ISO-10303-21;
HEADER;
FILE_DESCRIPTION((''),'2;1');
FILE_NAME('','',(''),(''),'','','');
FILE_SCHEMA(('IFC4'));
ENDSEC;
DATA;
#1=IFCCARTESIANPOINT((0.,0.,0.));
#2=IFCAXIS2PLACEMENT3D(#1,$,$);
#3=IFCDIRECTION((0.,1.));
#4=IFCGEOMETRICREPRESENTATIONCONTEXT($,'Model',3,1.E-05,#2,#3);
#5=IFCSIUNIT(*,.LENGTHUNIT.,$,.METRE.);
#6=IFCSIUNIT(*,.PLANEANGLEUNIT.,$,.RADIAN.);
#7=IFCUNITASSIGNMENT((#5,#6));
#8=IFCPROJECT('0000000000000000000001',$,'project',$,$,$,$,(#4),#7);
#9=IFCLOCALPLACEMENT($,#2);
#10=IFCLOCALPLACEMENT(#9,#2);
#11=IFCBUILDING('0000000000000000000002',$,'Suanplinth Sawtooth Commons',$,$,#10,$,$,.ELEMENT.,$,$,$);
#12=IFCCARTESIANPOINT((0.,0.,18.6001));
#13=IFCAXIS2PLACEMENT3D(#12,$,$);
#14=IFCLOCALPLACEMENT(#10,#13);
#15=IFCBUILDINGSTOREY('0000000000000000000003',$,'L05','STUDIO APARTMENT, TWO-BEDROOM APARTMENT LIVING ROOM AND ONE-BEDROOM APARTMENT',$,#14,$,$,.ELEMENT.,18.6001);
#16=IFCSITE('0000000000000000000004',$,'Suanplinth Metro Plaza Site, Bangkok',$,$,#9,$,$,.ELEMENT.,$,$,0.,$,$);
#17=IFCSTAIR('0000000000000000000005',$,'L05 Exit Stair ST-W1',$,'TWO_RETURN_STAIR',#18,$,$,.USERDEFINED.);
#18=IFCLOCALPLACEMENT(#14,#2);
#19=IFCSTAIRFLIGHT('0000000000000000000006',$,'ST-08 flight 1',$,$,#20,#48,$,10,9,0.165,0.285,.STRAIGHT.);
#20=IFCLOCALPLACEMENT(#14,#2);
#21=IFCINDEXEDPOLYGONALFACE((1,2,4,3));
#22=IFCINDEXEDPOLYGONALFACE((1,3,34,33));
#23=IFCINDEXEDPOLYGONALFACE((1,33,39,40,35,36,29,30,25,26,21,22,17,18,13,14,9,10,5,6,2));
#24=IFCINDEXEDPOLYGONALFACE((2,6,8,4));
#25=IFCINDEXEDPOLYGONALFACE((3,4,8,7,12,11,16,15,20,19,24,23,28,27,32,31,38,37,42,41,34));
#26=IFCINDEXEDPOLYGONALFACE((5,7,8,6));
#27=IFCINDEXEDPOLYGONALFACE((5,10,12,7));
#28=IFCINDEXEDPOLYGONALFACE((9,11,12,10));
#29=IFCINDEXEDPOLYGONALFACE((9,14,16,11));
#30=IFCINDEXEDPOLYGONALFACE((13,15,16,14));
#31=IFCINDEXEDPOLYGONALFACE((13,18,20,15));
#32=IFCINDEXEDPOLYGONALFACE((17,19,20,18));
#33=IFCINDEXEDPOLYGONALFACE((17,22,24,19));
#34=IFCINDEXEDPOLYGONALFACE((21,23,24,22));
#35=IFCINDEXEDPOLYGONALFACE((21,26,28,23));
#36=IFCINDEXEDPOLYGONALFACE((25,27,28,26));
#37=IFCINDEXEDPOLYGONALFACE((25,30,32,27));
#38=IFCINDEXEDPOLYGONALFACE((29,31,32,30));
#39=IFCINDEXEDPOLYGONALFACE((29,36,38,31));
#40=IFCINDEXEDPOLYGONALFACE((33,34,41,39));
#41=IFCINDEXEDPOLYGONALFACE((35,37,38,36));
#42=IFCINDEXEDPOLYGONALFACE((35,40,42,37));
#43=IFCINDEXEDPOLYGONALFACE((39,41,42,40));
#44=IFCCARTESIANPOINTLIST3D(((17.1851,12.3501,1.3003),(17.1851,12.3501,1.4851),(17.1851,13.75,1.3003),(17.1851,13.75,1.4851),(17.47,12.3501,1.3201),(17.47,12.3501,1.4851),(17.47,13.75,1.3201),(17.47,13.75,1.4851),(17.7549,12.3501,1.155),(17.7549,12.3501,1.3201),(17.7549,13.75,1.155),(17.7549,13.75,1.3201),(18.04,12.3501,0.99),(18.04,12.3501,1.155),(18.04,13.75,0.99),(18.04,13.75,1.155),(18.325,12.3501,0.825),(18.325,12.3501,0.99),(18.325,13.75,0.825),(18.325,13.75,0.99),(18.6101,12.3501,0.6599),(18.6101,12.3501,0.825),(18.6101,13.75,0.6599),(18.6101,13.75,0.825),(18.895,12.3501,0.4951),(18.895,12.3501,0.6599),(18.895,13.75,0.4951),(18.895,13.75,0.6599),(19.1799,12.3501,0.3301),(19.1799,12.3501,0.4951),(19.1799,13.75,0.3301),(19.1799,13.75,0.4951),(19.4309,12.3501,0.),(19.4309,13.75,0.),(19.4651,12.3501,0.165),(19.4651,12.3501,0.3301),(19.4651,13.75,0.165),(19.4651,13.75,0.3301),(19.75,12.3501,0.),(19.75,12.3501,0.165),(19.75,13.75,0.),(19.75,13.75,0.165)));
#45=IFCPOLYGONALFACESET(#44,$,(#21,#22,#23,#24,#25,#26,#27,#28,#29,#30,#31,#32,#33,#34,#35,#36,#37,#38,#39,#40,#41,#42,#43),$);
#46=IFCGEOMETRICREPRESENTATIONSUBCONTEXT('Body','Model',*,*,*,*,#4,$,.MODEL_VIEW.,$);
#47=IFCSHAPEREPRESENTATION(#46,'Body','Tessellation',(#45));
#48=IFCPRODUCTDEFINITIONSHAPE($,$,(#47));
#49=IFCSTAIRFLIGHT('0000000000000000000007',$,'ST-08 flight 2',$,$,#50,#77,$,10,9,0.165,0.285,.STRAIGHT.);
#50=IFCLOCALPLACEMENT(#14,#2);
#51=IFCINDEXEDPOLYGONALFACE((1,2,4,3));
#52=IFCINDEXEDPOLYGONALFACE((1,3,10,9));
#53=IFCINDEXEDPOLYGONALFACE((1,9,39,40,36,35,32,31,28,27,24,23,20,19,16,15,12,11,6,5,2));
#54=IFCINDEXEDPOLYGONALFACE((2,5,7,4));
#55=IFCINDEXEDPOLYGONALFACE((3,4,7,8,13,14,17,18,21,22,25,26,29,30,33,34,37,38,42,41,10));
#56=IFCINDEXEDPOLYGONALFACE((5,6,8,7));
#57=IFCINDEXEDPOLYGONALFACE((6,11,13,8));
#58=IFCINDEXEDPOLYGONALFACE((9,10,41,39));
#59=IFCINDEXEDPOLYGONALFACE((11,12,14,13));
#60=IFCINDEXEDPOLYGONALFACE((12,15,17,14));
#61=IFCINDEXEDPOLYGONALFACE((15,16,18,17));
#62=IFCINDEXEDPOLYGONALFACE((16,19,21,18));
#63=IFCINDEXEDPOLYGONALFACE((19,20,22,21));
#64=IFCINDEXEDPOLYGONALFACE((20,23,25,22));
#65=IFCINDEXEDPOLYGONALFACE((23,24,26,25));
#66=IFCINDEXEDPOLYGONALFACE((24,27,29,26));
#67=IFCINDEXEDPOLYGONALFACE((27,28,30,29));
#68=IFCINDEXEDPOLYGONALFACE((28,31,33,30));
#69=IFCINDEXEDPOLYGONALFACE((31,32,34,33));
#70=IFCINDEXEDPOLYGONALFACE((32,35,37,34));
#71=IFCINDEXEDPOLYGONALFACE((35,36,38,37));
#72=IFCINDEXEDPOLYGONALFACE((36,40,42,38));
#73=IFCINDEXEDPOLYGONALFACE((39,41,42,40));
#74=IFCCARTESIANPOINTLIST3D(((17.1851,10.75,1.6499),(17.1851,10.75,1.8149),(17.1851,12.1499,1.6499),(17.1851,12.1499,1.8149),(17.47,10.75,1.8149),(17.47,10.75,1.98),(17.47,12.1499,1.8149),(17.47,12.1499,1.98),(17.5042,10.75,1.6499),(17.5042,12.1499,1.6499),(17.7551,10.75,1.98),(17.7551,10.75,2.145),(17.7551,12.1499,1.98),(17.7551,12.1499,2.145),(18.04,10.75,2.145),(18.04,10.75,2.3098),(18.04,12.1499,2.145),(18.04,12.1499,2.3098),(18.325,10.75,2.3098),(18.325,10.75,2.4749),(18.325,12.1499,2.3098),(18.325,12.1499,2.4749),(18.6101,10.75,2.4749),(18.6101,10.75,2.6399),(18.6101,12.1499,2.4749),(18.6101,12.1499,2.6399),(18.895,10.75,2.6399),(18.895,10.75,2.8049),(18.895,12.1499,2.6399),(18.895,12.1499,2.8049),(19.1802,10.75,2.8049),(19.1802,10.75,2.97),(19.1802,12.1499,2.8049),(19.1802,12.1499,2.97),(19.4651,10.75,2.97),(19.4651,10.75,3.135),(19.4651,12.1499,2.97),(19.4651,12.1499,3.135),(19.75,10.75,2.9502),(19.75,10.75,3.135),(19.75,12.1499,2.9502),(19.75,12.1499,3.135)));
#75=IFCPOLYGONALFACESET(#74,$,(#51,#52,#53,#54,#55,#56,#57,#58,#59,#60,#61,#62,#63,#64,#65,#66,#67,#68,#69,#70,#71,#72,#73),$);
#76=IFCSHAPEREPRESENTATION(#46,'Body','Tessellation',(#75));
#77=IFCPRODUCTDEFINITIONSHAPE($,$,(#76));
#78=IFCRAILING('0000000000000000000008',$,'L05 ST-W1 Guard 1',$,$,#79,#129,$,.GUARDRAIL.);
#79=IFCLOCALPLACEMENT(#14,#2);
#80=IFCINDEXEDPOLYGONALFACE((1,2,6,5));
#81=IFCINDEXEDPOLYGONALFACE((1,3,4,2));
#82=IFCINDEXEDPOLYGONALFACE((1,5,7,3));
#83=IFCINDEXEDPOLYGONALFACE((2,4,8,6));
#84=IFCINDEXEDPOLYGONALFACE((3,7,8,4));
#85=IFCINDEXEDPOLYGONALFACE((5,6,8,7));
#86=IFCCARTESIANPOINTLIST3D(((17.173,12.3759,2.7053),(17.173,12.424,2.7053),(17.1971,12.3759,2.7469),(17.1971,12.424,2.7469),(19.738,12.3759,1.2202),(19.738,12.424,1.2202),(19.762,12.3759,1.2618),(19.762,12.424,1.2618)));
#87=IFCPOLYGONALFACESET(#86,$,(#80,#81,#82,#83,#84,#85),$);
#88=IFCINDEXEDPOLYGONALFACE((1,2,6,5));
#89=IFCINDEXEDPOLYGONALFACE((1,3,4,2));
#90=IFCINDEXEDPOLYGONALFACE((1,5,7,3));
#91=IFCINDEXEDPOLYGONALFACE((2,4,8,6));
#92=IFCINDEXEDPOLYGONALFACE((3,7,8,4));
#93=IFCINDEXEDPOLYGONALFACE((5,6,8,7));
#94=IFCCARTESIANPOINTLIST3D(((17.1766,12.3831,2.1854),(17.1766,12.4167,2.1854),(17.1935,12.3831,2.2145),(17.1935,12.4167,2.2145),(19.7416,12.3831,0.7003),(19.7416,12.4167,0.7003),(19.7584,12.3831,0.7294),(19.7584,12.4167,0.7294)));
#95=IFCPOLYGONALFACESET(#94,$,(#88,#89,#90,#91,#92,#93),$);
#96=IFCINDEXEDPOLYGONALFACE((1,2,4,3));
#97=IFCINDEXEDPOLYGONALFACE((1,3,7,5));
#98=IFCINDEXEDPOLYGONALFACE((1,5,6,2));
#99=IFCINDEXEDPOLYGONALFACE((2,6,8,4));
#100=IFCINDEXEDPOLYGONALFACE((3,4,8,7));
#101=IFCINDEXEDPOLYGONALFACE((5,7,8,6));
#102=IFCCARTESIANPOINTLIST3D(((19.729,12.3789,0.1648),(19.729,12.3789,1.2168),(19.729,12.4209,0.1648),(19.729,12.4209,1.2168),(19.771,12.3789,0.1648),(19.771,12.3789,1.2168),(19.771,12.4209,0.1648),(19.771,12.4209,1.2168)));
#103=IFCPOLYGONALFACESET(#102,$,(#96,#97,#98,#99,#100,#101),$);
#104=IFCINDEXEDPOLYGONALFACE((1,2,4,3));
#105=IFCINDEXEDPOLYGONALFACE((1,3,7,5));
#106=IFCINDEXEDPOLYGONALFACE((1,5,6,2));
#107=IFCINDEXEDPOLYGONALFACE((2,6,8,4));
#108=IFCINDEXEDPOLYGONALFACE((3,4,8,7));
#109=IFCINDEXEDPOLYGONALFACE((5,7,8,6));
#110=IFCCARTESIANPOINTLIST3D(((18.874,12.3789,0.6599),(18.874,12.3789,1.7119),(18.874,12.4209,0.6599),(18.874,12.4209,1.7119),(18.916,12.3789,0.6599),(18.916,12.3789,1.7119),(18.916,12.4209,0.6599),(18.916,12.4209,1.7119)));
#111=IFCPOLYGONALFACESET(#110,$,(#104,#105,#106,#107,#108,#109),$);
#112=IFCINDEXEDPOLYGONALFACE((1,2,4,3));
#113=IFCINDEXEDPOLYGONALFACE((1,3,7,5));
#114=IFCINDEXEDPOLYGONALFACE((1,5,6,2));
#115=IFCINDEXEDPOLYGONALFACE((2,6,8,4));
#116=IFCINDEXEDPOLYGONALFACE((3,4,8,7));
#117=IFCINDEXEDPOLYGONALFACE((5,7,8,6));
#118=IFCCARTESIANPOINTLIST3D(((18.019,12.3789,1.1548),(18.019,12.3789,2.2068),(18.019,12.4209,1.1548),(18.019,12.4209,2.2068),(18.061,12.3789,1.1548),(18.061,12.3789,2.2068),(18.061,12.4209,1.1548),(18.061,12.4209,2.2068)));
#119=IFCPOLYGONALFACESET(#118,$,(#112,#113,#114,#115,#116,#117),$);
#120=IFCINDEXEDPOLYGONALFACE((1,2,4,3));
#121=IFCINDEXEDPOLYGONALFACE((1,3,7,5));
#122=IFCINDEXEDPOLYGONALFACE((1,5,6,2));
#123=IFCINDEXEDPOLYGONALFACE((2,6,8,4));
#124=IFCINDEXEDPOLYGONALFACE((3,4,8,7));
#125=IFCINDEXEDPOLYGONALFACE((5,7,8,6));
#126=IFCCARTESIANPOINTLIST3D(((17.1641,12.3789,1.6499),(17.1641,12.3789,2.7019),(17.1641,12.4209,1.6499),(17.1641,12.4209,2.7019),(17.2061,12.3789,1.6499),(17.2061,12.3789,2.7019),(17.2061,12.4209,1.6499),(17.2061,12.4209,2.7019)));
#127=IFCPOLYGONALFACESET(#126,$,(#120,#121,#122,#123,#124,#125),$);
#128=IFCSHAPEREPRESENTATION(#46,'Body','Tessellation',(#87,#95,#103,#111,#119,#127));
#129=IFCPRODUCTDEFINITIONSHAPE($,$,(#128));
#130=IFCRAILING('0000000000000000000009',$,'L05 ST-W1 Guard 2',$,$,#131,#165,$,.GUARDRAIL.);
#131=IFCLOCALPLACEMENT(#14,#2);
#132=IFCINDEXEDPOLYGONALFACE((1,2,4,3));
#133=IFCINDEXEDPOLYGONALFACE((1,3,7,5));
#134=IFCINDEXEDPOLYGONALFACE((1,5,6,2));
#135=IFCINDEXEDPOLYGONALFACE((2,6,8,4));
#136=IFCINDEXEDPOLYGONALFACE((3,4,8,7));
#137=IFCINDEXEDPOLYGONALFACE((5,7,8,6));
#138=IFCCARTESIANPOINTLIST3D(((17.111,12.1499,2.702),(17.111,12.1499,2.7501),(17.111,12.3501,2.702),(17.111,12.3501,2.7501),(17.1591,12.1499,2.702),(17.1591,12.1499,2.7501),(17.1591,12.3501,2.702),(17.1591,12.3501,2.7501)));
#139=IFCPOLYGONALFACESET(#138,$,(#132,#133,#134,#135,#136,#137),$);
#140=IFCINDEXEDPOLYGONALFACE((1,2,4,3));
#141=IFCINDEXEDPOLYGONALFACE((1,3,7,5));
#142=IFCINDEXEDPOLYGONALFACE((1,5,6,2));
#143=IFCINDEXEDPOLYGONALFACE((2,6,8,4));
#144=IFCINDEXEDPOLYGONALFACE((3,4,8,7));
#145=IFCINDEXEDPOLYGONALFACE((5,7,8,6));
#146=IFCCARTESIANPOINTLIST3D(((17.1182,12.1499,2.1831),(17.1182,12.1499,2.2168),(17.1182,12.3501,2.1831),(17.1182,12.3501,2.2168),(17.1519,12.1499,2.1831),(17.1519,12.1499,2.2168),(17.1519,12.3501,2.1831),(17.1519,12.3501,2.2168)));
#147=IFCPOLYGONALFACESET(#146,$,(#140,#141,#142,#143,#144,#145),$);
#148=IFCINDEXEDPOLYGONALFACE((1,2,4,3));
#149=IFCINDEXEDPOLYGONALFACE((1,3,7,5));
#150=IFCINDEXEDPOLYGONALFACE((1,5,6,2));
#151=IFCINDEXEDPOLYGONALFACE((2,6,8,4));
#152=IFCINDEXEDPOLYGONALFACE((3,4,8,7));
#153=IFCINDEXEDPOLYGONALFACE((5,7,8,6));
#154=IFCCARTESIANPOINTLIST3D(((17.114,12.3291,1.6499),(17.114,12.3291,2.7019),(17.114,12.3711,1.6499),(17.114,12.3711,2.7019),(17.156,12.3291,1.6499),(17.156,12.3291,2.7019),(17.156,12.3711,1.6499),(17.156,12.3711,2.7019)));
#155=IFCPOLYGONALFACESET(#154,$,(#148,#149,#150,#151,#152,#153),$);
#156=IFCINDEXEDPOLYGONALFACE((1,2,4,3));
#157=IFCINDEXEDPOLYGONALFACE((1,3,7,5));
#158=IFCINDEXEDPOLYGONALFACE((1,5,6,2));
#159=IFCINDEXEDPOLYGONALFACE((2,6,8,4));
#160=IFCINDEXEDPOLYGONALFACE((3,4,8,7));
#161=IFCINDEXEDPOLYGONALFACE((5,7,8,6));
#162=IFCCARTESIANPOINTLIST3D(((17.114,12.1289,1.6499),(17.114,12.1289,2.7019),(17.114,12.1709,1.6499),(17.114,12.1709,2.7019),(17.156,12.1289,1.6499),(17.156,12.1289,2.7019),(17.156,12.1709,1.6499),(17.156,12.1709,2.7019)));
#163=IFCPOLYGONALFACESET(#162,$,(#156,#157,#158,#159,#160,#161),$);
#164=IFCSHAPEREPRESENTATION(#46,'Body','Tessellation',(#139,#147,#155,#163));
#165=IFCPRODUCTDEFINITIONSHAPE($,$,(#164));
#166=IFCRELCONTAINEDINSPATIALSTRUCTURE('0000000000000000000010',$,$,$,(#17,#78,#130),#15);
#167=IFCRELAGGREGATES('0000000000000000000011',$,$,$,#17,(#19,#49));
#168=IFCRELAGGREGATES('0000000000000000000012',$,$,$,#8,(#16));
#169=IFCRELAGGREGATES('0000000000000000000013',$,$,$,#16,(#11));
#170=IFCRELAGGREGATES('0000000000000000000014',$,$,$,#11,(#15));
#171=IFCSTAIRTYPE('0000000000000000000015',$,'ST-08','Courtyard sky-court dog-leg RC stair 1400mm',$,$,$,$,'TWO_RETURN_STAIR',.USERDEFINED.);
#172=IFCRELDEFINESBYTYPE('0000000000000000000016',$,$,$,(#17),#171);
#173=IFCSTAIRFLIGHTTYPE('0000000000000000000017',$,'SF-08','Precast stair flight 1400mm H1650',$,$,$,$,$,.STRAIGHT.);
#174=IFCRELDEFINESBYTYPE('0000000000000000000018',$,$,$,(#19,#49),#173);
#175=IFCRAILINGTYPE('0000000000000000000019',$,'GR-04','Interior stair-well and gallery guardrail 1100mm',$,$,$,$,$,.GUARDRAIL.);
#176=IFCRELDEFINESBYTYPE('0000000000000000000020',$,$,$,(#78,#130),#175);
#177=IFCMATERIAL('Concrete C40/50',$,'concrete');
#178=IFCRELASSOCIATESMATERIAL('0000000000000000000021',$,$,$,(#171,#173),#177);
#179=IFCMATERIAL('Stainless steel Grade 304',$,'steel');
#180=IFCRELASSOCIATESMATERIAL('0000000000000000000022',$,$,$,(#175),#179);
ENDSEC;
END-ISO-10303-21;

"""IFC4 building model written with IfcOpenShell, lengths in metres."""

from ifc_helpers import new_model, si_unit, direction, frame, origin, origin_2d, place, context, subcontext, project, spatial, polyline, rectangle, outline, extrude, material, type_object, element, aggregate, save


model = new_model("IFC4")

# Units and contexts
model_context = context("Model", 3, precision=1e-05, world=origin(), true_north=direction((0.0, 1.0)))
body_context = subcontext(model_context, "Body", "Model", "MODEL_VIEW")
ifc_project = project(units=[si_unit("LENGTHUNIT", "METRE"), si_unit("PLANEANGLEUNIT", "RADIAN")], contexts=[model_context])

# Site, building, storey
site_placement = place(None, origin())
site = spatial("IfcSite", under=ifc_project, at=site_placement, Name="Suanplinth Metro Plaza Site, Bangkok", CompositionType="ELEMENT", RefElevation=0.0)
building_placement = place(site_placement, origin())
building = spatial("IfcBuilding", under=site, at=building_placement, Name="Suanplinth Sawtooth Commons", CompositionType="ELEMENT")
storey_placement = place(building_placement, frame((0.0, 0.0, 18.6001)))
storey = spatial("IfcBuildingStorey", under=building, at=storey_placement, Name="L05", Description="STUDIO APARTMENT, TWO-BEDROOM APARTMENT LIVING ROOM AND ONE-BEDROOM APARTMENT", CompositionType="ELEMENT", Elevation=18.6001)

# Shared definitions
ifc_material_1 = material(Name="Concrete C40/50", Category="concrete")

# Stair, stair flights
stair_type = type_object("IfcStairType", Name="ST-08", Description="Courtyard sky-court dog-leg RC stair 1400mm", ElementType="TWO_RETURN_STAIR", PredefinedType="USERDEFINED", material=ifc_material_1)
stair_placement = place(storey_placement, origin())
stair = element("IfcStair", 1, at=stair_placement, inside=storey, type_object=stair_type, Name="L05 Exit Stair ST-W1", ObjectType="TWO_RETURN_STAIR", PredefinedType="USERDEFINED")
stair_flight_type = type_object("IfcStairFlightType", Name="SF-08", Description="Precast stair flight 1400mm H1650", PredefinedType="STRAIGHT", material=ifc_material_1)
stair_flight_1_placement = place(storey_placement, frame((19.75, 13.05, 0.0), z_axis=(0.0, 0.0, 1.0), x_axis=(-1.0, 0.0, 0.0)))
stair_flight_1 = element("IfcStairFlight", 2, at=stair_flight_1_placement, type_object=stair_flight_type, Name="ST-08 flight 1", NumberOfRisers=10, NumberOfTreads=9, PredefinedType="STRAIGHT", RiserHeight=0.165, TreadLength=0.285, context=body_context, shape_type="SweptSolid", body=[
    extrude(outline(polyline([(0.0, 0.0), (0.0, 0.165), (0.2849, 0.165), (0.2849, 0.3301), (0.5701, 0.3301), (0.5701, 0.4951), (0.855, 0.4951), (0.855, 0.6599), (1.1399, 0.6599), (1.1399, 0.825), (1.425, 0.825), (1.425, 0.99), (1.71, 0.99), (1.71, 1.155), (1.9951, 1.155), (1.9951, 1.3201), (2.28, 1.3201), (2.28, 1.4851), (2.5649, 1.4851), (2.5649, 1.6499), (2.5649, 1.3003), (0.3191, 0.0), (0.0, 0.0)])), frame((0.0, 0.7, 0.0), z_axis=(0.0, -1.0, 0.0), x_axis=(1.0, 0.0, 0.0)), (0.0, 0.0, 1.0), 1.3999),
])
stair_flight_2_placement = place(storey_placement, frame((17.1851, 11.45, 1.6499), z_axis=(0.0, 0.0, 1.0), x_axis=(1.0, 0.0, 0.0)))
stair_flight_2 = element("IfcStairFlight", 3, at=stair_flight_2_placement, type_object=stair_flight_type, Name="ST-08 flight 2", NumberOfRisers=10, NumberOfTreads=9, PredefinedType="STRAIGHT", RiserHeight=0.165, TreadLength=0.285, context=body_context, shape_type="SweptSolid", body=[
    extrude(outline(polyline([(0.0, 0.0), (0.0, 0.165), (0.2849, 0.165), (0.2849, 0.3301), (0.5701, 0.3301), (0.5701, 0.4951), (0.855, 0.4951), (0.855, 0.6599), (1.1399, 0.6599), (1.1399, 0.825), (1.425, 0.825), (1.425, 0.99), (1.71, 0.99), (1.71, 1.155), (1.9951, 1.155), (1.9951, 1.3201), (2.28, 1.3201), (2.28, 1.4851), (2.5649, 1.4851), (2.5649, 1.6499), (2.5649, 1.3003), (0.3191, 0.0), (0.0, 0.0)])), frame((0.0, 0.7, 0.0), z_axis=(0.0, -1.0, 0.0), x_axis=(1.0, 0.0, 0.0)), (0.0, 0.0, 1.0), 1.3999),
])
aggregate(stair, [stair_flight_1, stair_flight_2])

# Railings
ifc_material_2 = material(Name="Stainless steel Grade 304", Category="steel")
railing_type_1 = type_object("IfcRailingType", Name="GR-04", Description="Interior stair-well and gallery guardrail 1100mm", PredefinedType="GUARDRAIL", material=ifc_material_2)
railing_1_placement = place(storey_placement, frame((19.75, 12.3999, 0.1648)))
element("IfcRailing", 4, at=railing_1_placement, inside=storey, type_object=railing_type_1, Name="L05 ST-W1 Guard 1", PredefinedType="GUARDRAIL", context=body_context, shape_type="SweptSolid", body=[
    extrude(rectangle(XDim=0.0481, YDim=0.0481, at=origin_2d()), frame((0.0, 0.0, 1.0762), z_axis=(-0.865406, 0.0, 0.501072), x_axis=(0.0, -1.0, 0.0)), (0.0, 0.0, 1.0), 2.9639),
    extrude(rectangle(XDim=0.0337, YDim=0.0337, at=origin_2d()), frame((0.0, 0.0, 0.55), z_axis=(-0.865406, 0.0, 0.501072), x_axis=(0.0, -1.0, 0.0)), (0.0, 0.0, 1.0), 2.9639),
    extrude(rectangle(XDim=0.042, YDim=0.042, at=origin_2d()), origin(), (0.0, 0.0, 1.0), 1.052),
    extrude(rectangle(XDim=0.042, YDim=0.042, at=origin_2d()), frame((-0.855, 0.0, 0.4951)), (0.0, 0.0, 1.0), 1.052),
    extrude(rectangle(XDim=0.042, YDim=0.042, at=origin_2d()), frame((-1.71, 0.0, 0.99)), (0.0, 0.0, 1.0), 1.052),
    extrude(rectangle(XDim=0.042, YDim=0.042, at=origin_2d()), frame((-2.5649, 0.0, 1.4851)), (0.0, 0.0, 1.0), 1.052),
])
railing_2_placement = place(storey_placement, frame((17.135, 12.3501, 1.6499)))
element("IfcRailing", 5, at=railing_2_placement, inside=storey, type_object=railing_type_1, Name="L05 ST-W1 Guard 2", PredefinedType="GUARDRAIL", context=body_context, shape_type="SweptSolid", body=[
    extrude(rectangle(XDim=0.0481, YDim=0.0481, at=origin_2d()), frame((0.0, 0.0, 1.0762), z_axis=(0.0, -1.0, 0.0), x_axis=(1.0, 0.0, 0.0)), (0.0, 0.0, 1.0), 0.2002),
    extrude(rectangle(XDim=0.0337, YDim=0.0337, at=origin_2d()), frame((0.0, 0.0, 0.55), z_axis=(0.0, -1.0, 0.0), x_axis=(1.0, 0.0, 0.0)), (0.0, 0.0, 1.0), 0.2002),
    extrude(rectangle(XDim=0.042, YDim=0.042, at=origin_2d()), origin(), (0.0, 0.0, 1.0), 1.052),
    extrude(rectangle(XDim=0.042, YDim=0.042, at=origin_2d()), frame((0.0, -0.2002, 0.0)), (0.0, 0.0, 1.0), 1.052),
])

save(model, "model.ifc")
